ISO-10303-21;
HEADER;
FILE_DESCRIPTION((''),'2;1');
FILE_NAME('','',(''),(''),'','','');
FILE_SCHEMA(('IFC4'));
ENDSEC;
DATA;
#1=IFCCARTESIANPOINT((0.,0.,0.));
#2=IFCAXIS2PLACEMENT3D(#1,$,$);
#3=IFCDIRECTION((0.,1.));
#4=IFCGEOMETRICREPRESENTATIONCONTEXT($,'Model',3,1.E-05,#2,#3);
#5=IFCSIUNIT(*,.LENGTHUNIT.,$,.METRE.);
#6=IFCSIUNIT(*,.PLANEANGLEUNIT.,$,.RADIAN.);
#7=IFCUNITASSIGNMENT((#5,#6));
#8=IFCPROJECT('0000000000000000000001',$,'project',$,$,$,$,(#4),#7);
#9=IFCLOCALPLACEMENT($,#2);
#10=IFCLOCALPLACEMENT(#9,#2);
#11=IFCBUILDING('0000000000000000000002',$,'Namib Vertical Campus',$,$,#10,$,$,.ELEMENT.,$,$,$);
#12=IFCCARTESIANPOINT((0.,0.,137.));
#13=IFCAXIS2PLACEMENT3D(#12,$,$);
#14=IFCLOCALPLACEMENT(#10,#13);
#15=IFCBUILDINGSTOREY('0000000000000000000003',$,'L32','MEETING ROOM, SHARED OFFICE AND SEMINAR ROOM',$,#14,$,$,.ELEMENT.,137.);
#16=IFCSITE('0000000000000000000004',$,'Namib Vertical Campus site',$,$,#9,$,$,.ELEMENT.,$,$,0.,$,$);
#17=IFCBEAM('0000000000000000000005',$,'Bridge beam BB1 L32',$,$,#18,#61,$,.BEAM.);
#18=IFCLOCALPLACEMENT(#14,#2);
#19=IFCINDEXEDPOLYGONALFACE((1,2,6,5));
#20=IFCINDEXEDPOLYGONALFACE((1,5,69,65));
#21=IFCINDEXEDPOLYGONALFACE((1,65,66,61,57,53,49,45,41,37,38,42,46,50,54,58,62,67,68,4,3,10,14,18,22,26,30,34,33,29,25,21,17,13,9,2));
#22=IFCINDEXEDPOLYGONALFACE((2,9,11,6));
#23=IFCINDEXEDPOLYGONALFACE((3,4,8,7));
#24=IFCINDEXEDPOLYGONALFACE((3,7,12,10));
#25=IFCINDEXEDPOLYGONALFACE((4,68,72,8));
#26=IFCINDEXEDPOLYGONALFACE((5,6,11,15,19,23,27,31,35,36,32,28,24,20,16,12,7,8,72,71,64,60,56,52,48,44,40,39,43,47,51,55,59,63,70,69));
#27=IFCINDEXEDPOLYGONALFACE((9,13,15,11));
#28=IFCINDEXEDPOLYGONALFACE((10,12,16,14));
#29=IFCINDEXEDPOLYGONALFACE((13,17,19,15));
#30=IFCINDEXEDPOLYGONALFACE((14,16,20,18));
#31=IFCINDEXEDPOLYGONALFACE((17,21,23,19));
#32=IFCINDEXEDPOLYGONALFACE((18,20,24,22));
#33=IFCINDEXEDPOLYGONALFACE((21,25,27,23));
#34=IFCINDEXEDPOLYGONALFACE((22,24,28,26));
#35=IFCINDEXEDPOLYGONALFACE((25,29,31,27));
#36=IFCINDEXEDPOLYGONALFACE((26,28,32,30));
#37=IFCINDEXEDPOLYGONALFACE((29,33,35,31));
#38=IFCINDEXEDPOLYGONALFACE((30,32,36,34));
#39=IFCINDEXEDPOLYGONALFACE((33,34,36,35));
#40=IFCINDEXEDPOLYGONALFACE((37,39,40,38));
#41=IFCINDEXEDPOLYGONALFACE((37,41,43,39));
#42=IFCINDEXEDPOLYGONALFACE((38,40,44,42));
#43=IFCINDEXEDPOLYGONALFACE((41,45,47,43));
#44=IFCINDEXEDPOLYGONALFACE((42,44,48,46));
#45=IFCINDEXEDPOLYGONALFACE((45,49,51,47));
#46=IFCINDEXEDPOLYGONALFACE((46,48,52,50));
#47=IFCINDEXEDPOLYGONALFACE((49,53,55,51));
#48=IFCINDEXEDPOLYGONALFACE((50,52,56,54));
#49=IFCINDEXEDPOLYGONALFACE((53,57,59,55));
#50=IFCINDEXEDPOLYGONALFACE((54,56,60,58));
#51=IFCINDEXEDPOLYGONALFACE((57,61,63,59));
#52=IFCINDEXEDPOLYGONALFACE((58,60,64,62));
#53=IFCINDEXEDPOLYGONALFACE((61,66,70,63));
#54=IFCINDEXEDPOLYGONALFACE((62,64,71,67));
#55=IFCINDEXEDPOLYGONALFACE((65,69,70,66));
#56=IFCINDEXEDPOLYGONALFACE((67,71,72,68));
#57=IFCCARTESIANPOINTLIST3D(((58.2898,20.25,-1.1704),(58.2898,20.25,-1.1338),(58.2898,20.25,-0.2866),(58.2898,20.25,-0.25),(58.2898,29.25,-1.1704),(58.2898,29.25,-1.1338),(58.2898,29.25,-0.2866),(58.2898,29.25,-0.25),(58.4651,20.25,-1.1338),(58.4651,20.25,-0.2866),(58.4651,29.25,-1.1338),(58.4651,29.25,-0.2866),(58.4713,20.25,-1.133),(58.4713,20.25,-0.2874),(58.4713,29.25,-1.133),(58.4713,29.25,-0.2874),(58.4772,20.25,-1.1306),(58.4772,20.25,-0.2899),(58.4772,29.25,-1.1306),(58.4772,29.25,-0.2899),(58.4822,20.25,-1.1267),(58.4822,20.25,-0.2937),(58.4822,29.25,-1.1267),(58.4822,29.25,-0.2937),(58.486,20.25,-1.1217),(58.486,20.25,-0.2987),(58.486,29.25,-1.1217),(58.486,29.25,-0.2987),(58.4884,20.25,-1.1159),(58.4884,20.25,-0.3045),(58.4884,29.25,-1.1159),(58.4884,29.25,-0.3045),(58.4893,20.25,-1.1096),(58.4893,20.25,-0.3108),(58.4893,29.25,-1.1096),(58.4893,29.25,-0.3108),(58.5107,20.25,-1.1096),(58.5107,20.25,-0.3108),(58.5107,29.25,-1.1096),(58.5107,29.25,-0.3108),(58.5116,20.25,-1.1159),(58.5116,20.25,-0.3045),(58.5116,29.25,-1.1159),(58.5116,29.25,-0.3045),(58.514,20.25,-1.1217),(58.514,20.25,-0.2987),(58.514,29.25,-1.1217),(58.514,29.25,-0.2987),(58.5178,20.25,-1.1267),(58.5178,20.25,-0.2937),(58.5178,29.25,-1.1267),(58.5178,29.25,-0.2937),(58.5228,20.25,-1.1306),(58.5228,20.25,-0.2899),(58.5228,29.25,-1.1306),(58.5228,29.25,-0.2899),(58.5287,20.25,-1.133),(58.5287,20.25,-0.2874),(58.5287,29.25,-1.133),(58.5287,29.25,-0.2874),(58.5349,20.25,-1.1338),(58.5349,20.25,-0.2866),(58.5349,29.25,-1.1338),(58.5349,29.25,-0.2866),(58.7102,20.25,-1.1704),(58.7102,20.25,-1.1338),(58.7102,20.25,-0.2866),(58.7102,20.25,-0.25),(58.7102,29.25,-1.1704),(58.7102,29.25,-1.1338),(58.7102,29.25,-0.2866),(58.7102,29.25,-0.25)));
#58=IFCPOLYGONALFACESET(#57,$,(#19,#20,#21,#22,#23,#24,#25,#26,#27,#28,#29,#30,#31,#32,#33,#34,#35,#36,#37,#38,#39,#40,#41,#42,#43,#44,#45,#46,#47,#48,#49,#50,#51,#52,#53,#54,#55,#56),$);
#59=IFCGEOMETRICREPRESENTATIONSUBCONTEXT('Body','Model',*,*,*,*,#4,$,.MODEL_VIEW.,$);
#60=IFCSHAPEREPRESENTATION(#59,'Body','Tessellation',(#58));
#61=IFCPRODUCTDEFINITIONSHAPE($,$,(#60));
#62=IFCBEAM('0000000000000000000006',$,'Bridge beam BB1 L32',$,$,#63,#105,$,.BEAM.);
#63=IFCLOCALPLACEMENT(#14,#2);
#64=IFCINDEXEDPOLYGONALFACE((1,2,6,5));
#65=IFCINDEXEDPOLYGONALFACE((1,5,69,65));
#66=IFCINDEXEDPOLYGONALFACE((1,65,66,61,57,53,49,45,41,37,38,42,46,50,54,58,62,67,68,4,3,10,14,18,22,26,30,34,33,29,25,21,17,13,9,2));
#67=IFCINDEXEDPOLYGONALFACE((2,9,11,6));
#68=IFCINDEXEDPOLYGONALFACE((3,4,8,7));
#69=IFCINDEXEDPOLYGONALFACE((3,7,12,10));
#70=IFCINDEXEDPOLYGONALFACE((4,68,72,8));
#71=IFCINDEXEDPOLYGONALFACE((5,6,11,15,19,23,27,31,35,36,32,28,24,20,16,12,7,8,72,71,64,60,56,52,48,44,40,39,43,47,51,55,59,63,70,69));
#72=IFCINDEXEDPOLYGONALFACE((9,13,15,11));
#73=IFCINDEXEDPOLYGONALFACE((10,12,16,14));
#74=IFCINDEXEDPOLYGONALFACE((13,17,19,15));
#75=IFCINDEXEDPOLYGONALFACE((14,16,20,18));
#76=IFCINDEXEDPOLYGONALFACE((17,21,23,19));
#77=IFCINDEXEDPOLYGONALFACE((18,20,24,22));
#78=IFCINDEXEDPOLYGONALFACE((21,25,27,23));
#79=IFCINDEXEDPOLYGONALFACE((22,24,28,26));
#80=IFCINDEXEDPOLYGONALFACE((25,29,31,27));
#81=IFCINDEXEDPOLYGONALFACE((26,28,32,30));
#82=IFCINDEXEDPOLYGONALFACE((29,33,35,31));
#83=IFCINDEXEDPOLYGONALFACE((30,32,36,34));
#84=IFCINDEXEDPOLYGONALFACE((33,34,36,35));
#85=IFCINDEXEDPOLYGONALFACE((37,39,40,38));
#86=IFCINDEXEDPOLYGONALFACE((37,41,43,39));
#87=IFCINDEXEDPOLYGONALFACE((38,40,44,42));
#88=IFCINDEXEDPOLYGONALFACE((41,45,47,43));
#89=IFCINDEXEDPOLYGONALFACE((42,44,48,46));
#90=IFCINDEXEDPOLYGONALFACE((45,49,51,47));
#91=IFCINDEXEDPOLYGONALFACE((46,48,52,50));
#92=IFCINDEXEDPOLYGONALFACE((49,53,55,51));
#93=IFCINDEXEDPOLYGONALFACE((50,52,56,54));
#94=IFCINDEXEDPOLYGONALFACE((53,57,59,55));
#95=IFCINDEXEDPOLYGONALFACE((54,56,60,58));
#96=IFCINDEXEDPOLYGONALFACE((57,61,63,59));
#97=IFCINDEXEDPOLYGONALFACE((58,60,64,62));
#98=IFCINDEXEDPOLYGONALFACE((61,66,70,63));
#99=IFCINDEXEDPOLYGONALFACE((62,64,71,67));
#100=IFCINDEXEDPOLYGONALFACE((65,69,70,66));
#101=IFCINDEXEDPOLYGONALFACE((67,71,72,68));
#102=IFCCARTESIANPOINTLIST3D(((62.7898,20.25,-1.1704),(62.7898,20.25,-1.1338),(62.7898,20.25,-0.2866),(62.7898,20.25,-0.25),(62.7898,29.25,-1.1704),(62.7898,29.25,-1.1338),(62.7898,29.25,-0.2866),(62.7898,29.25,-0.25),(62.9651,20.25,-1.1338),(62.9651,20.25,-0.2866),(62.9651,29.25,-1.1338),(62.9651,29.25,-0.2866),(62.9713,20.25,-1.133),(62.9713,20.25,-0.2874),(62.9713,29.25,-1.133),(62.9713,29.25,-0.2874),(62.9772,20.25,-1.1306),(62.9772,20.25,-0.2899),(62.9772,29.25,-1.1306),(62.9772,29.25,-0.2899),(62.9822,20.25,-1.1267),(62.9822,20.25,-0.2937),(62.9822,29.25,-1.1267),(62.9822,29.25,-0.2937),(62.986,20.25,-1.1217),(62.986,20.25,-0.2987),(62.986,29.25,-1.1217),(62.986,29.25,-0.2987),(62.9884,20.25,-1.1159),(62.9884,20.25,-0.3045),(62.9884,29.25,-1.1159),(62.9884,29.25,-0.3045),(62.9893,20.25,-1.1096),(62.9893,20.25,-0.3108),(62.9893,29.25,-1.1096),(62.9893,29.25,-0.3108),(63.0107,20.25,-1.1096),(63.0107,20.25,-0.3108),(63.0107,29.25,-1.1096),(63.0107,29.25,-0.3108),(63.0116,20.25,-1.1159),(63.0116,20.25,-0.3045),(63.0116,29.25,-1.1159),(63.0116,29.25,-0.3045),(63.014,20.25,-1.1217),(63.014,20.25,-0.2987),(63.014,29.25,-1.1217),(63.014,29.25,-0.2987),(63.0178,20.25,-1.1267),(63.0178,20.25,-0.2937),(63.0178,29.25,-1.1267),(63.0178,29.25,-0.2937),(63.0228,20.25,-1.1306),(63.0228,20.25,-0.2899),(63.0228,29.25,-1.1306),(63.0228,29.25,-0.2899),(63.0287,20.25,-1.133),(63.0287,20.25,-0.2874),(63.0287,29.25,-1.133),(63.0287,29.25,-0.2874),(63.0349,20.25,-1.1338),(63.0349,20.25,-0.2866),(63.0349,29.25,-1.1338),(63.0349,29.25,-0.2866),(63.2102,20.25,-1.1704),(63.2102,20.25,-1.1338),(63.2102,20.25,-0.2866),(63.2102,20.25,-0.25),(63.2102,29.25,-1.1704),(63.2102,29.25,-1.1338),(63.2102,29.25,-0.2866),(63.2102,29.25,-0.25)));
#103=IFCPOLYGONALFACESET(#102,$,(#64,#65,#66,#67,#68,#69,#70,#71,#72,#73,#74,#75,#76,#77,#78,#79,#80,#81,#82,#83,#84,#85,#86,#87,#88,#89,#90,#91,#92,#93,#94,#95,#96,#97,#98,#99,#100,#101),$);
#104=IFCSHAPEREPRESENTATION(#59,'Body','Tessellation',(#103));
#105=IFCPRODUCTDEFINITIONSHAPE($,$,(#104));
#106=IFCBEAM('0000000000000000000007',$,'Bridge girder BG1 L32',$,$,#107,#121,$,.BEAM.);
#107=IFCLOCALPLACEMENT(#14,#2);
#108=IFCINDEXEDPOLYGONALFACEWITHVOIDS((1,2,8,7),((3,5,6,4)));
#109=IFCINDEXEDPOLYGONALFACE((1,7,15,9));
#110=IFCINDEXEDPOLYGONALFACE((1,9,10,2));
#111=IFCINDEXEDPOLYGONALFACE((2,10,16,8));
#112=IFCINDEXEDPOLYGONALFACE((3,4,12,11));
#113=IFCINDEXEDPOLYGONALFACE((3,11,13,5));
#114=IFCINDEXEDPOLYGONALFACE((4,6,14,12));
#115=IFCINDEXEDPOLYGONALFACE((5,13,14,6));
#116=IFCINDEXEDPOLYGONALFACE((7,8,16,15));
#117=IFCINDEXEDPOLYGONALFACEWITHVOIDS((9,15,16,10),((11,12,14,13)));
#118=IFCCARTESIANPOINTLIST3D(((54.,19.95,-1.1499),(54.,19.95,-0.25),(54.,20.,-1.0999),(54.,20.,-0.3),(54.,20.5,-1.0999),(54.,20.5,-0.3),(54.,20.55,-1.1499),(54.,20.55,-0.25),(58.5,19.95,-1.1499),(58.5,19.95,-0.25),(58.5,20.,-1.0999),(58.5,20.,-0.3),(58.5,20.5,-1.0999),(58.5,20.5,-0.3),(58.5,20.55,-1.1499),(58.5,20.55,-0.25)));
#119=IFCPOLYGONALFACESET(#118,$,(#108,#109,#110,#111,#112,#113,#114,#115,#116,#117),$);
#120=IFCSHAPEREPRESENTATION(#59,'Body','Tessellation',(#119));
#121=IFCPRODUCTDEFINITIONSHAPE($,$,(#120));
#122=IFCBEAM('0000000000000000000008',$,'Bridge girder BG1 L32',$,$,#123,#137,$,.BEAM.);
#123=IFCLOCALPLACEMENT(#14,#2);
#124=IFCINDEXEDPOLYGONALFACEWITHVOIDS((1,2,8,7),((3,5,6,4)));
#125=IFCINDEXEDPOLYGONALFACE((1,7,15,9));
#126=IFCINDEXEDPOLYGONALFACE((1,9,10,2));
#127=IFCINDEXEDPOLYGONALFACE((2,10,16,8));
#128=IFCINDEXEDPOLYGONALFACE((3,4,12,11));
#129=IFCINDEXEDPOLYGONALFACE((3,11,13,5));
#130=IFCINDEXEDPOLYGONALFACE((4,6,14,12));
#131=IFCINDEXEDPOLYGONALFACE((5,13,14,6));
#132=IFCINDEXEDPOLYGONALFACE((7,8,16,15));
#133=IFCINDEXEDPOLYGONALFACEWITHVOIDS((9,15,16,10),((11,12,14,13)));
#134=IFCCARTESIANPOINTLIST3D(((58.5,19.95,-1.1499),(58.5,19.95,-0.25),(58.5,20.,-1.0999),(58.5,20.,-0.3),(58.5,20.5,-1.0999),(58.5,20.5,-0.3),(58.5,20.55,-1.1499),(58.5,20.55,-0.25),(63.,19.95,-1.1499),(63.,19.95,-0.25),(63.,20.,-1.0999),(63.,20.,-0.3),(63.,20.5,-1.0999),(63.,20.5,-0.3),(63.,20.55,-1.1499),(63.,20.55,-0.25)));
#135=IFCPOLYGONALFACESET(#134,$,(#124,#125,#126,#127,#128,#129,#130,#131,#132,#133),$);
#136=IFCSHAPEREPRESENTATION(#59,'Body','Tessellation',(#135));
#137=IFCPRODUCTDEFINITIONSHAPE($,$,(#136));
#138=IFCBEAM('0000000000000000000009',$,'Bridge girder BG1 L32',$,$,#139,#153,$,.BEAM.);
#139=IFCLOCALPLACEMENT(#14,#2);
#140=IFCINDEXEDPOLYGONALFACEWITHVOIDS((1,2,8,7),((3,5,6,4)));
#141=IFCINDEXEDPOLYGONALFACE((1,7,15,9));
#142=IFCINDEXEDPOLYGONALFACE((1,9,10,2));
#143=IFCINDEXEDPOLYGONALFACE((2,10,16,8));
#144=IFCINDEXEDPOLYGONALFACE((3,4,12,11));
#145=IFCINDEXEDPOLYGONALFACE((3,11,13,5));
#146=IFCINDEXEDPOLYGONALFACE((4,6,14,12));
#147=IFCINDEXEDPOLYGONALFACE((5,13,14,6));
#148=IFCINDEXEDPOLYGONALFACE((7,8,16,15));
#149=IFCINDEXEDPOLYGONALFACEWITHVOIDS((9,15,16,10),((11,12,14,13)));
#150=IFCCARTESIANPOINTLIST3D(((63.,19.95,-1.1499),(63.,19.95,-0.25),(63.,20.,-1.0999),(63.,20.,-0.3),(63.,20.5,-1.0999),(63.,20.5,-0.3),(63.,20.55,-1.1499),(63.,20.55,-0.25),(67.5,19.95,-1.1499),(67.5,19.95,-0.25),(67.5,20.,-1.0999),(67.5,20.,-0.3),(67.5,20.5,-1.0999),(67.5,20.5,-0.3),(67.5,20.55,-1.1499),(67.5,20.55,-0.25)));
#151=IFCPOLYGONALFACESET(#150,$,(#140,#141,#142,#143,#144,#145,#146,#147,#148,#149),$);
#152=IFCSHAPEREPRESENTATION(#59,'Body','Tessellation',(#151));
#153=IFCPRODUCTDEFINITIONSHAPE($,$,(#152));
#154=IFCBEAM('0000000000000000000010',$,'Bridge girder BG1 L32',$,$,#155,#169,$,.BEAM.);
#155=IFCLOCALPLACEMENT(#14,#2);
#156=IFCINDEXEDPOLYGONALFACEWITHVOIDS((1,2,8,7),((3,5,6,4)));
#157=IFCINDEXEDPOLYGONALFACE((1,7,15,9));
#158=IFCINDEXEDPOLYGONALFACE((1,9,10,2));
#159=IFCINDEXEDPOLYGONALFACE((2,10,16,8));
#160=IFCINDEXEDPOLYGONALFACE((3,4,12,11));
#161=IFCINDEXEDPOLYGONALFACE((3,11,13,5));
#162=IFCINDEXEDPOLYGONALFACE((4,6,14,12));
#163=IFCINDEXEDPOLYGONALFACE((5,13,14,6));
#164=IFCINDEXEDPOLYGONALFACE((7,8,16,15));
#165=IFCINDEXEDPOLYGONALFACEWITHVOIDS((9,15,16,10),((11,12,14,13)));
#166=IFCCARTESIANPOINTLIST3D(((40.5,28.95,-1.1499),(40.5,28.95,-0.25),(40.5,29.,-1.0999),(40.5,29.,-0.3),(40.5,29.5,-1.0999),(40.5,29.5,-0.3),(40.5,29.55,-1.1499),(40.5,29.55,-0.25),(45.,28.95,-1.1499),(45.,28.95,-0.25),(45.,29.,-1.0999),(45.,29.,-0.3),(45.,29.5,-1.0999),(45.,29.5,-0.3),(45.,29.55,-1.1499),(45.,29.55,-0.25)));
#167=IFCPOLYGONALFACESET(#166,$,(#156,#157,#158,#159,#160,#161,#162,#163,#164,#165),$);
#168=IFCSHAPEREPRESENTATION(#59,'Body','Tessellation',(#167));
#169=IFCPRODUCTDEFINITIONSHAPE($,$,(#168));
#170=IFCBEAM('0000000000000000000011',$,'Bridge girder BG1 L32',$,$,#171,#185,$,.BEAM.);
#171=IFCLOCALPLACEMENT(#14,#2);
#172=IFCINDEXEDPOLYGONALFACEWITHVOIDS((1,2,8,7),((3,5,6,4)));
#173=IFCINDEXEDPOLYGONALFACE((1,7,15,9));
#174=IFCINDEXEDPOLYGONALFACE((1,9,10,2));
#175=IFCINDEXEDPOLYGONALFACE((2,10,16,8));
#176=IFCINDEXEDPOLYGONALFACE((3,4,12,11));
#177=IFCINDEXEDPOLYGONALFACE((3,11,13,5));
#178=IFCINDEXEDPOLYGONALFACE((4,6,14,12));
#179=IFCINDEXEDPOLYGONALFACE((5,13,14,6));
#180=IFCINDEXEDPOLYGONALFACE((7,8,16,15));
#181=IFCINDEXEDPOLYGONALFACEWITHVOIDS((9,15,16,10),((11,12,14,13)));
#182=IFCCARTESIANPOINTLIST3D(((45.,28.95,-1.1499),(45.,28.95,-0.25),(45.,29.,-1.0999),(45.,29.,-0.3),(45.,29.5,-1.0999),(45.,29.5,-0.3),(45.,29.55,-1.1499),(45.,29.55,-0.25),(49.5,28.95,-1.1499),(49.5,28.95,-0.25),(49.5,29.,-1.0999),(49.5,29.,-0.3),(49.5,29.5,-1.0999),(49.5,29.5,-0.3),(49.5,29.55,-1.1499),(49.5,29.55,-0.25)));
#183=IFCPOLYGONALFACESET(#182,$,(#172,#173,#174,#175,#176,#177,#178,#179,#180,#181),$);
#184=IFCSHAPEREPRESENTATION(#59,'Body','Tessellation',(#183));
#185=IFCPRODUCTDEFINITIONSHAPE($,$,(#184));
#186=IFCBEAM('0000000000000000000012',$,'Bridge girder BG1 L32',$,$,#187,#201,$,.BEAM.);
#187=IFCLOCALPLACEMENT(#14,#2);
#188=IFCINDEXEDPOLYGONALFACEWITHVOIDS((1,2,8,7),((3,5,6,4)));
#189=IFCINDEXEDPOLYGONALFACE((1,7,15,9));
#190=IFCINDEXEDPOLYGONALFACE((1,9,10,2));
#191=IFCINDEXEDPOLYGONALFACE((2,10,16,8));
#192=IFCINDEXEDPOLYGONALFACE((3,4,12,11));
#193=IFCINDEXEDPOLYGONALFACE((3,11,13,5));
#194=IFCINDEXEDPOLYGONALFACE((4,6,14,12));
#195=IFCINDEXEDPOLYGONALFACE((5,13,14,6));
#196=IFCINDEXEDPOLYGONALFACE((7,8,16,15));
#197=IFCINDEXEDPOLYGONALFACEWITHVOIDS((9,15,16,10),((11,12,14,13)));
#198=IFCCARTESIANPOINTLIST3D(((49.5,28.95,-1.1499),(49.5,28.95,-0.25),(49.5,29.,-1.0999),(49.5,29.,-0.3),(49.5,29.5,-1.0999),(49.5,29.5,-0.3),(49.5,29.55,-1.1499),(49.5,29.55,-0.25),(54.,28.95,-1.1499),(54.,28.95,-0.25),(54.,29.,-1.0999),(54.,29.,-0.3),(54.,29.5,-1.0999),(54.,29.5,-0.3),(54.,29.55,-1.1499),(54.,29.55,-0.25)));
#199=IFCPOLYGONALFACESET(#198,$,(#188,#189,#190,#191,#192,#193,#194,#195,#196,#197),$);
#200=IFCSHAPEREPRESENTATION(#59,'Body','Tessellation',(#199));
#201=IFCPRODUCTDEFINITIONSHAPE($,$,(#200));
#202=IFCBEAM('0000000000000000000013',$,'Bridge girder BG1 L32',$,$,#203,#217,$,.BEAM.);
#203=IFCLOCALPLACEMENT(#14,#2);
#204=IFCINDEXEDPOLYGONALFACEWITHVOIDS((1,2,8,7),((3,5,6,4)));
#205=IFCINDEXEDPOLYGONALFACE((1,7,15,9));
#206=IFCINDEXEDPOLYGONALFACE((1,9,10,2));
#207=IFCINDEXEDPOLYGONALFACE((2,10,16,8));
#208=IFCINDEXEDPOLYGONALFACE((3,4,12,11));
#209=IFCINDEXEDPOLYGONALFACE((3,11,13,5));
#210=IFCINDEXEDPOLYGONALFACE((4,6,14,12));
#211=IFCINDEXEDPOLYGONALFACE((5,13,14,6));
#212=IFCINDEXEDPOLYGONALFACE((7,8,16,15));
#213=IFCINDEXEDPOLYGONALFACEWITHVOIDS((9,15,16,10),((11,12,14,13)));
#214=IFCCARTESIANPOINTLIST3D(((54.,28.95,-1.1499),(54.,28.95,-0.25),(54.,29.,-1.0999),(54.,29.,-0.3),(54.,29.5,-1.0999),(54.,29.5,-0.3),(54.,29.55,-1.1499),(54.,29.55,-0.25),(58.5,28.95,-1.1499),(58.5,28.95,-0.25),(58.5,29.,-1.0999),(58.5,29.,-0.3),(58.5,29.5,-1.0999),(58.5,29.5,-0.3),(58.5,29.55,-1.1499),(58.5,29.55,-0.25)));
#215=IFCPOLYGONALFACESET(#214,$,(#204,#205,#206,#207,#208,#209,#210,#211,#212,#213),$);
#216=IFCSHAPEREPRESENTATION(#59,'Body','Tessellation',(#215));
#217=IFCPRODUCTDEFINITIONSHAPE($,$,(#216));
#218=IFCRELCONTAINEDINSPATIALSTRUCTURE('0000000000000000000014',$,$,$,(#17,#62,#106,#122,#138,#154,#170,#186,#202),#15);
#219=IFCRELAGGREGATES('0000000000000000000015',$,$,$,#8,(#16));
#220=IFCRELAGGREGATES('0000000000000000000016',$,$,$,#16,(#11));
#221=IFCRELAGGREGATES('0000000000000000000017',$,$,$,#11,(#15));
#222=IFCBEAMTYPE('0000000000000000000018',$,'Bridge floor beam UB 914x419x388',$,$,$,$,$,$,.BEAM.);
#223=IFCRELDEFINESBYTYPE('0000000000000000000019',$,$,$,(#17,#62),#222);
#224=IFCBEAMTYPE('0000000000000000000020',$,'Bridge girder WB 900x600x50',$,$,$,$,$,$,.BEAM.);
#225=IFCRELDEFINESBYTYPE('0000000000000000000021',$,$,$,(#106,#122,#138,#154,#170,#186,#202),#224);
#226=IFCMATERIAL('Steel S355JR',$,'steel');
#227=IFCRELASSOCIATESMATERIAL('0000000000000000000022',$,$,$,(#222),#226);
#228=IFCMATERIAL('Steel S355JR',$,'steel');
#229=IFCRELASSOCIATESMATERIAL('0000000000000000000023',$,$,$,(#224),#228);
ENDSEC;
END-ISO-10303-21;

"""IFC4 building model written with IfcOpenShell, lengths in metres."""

from ifc_helpers import new_model, si_unit, direction, frame, origin, origin_2d, place, context, subcontext, project, spatial, hollow_rectangle, i_section, extrude, material, material_profile, profile_set, type_object, element, save


model = new_model("IFC4")

# Units and contexts
model_context = context("Model", 3, precision=1e-05, world=origin(), true_north=direction((0.0, 1.0)))
body_context = subcontext(model_context, "Body", "Model", "MODEL_VIEW")
ifc_project = project(units=[si_unit("LENGTHUNIT", "METRE"), si_unit("PLANEANGLEUNIT", "RADIAN")], contexts=[model_context])

# Site, building, storey
site_placement = place(None, origin())
site = spatial("IfcSite", under=ifc_project, at=site_placement, Name="Namib Vertical Campus site", CompositionType="ELEMENT", RefElevation=0.0)
building_placement = place(site_placement, origin())
building = spatial("IfcBuilding", under=site, at=building_placement, Name="Namib Vertical Campus", CompositionType="ELEMENT")
storey_placement = place(building_placement, frame((0.0, 0.0, 137.0)))
storey = spatial("IfcBuildingStorey", under=building, at=storey_placement, Name="L32", Description="MEETING ROOM, SHARED OFFICE AND SEMINAR ROOM", CompositionType="ELEMENT", Elevation=137.0)

# Beams
ifc_material_1 = material(Name="Steel S355JR", Category="steel")
ifc_material_profile_1 = material_profile(ifc_material_1, i_section(OverallWidth=0.4204, OverallDepth=0.9204, WebThickness=0.0215, FlangeThickness=0.0366, FilletRadius=0.0242, at=origin_2d()))
ifc_profile_set_1 = profile_set([ifc_material_profile_1], Name="Steel S355JR")
beam_type_1 = type_object("IfcBeamType", Name="Bridge floor beam UB 914x419x388", PredefinedType="BEAM", material=ifc_profile_set_1)
for number, where, z_axis, x_axis, name in (
    (1, (58.5, 20.25, -0.7102), (0.0, 1.0, 0.0), (-1.0, 0.0, 0.0), "Bridge beam BB1 L32"),
    (2, (63.0, 20.25, -0.7102), (0.0, 1.0, 0.0), (-1.0, 0.0, 0.0), "Bridge beam BB1 L32"),
):
    element("IfcBeam", number, at=place(storey_placement, frame(where, z_axis=z_axis, x_axis=x_axis)), inside=storey, type_object=beam_type_1, Name=name, PredefinedType="BEAM", context=body_context, shape_type="SweptSolid", body=[
        extrude(i_section(OverallWidth=0.4204, OverallDepth=0.9204, WebThickness=0.0215, FlangeThickness=0.0366, FilletRadius=0.0242, at=origin_2d()), origin(), (0.0, 0.0, 1.0), 9.0),
    ])
ifc_material_2 = material(Name="Steel S355JR", Category="steel")
ifc_material_profile_2 = material_profile(ifc_material_2, hollow_rectangle(XDim=0.6001, YDim=0.8999, WallThickness=0.05, at=origin_2d()))
ifc_profile_set_2 = profile_set([ifc_material_profile_2], Name="Steel S355JR")
beam_type_2 = type_object("IfcBeamType", Name="Bridge girder WB 900x600x50", PredefinedType="BEAM", material=ifc_profile_set_2)
for number, where, z_axis, x_axis, name in (
    (3, (54.0, 20.25, -0.7), (1.0, 0.0, 0.0), (0.0, 1.0, 0.0), "Bridge girder BG1 L32"),
    (4, (58.5, 20.25, -0.7), (1.0, 0.0, 0.0), (0.0, 1.0, 0.0), "Bridge girder BG1 L32"),
    (5, (63.0, 20.25, -0.7), (1.0, 0.0, 0.0), (0.0, 1.0, 0.0), "Bridge girder BG1 L32"),
    (6, (40.5, 29.25, -0.7), (1.0, 0.0, 0.0), (0.0, 1.0, 0.0), "Bridge girder BG1 L32"),
    (7, (45.0, 29.25, -0.7), (1.0, 0.0, 0.0), (0.0, 1.0, 0.0), "Bridge girder BG1 L32"),
    (8, (49.5, 29.25, -0.7), (1.0, 0.0, 0.0), (0.0, 1.0, 0.0), "Bridge girder BG1 L32"),
    (9, (54.0, 29.25, -0.7), (1.0, 0.0, 0.0), (0.0, 1.0, 0.0), "Bridge girder BG1 L32"),
):
    element("IfcBeam", number, at=place(storey_placement, frame(where, z_axis=z_axis, x_axis=x_axis)), inside=storey, type_object=beam_type_2, Name=name, PredefinedType="BEAM", context=body_context, shape_type="SweptSolid", body=[
        extrude(hollow_rectangle(XDim=0.6001, YDim=0.8999, WallThickness=0.05, at=origin_2d()), origin(), (0.0, 0.0, 1.0), 4.5),
    ])

save(model, "model.ifc")
